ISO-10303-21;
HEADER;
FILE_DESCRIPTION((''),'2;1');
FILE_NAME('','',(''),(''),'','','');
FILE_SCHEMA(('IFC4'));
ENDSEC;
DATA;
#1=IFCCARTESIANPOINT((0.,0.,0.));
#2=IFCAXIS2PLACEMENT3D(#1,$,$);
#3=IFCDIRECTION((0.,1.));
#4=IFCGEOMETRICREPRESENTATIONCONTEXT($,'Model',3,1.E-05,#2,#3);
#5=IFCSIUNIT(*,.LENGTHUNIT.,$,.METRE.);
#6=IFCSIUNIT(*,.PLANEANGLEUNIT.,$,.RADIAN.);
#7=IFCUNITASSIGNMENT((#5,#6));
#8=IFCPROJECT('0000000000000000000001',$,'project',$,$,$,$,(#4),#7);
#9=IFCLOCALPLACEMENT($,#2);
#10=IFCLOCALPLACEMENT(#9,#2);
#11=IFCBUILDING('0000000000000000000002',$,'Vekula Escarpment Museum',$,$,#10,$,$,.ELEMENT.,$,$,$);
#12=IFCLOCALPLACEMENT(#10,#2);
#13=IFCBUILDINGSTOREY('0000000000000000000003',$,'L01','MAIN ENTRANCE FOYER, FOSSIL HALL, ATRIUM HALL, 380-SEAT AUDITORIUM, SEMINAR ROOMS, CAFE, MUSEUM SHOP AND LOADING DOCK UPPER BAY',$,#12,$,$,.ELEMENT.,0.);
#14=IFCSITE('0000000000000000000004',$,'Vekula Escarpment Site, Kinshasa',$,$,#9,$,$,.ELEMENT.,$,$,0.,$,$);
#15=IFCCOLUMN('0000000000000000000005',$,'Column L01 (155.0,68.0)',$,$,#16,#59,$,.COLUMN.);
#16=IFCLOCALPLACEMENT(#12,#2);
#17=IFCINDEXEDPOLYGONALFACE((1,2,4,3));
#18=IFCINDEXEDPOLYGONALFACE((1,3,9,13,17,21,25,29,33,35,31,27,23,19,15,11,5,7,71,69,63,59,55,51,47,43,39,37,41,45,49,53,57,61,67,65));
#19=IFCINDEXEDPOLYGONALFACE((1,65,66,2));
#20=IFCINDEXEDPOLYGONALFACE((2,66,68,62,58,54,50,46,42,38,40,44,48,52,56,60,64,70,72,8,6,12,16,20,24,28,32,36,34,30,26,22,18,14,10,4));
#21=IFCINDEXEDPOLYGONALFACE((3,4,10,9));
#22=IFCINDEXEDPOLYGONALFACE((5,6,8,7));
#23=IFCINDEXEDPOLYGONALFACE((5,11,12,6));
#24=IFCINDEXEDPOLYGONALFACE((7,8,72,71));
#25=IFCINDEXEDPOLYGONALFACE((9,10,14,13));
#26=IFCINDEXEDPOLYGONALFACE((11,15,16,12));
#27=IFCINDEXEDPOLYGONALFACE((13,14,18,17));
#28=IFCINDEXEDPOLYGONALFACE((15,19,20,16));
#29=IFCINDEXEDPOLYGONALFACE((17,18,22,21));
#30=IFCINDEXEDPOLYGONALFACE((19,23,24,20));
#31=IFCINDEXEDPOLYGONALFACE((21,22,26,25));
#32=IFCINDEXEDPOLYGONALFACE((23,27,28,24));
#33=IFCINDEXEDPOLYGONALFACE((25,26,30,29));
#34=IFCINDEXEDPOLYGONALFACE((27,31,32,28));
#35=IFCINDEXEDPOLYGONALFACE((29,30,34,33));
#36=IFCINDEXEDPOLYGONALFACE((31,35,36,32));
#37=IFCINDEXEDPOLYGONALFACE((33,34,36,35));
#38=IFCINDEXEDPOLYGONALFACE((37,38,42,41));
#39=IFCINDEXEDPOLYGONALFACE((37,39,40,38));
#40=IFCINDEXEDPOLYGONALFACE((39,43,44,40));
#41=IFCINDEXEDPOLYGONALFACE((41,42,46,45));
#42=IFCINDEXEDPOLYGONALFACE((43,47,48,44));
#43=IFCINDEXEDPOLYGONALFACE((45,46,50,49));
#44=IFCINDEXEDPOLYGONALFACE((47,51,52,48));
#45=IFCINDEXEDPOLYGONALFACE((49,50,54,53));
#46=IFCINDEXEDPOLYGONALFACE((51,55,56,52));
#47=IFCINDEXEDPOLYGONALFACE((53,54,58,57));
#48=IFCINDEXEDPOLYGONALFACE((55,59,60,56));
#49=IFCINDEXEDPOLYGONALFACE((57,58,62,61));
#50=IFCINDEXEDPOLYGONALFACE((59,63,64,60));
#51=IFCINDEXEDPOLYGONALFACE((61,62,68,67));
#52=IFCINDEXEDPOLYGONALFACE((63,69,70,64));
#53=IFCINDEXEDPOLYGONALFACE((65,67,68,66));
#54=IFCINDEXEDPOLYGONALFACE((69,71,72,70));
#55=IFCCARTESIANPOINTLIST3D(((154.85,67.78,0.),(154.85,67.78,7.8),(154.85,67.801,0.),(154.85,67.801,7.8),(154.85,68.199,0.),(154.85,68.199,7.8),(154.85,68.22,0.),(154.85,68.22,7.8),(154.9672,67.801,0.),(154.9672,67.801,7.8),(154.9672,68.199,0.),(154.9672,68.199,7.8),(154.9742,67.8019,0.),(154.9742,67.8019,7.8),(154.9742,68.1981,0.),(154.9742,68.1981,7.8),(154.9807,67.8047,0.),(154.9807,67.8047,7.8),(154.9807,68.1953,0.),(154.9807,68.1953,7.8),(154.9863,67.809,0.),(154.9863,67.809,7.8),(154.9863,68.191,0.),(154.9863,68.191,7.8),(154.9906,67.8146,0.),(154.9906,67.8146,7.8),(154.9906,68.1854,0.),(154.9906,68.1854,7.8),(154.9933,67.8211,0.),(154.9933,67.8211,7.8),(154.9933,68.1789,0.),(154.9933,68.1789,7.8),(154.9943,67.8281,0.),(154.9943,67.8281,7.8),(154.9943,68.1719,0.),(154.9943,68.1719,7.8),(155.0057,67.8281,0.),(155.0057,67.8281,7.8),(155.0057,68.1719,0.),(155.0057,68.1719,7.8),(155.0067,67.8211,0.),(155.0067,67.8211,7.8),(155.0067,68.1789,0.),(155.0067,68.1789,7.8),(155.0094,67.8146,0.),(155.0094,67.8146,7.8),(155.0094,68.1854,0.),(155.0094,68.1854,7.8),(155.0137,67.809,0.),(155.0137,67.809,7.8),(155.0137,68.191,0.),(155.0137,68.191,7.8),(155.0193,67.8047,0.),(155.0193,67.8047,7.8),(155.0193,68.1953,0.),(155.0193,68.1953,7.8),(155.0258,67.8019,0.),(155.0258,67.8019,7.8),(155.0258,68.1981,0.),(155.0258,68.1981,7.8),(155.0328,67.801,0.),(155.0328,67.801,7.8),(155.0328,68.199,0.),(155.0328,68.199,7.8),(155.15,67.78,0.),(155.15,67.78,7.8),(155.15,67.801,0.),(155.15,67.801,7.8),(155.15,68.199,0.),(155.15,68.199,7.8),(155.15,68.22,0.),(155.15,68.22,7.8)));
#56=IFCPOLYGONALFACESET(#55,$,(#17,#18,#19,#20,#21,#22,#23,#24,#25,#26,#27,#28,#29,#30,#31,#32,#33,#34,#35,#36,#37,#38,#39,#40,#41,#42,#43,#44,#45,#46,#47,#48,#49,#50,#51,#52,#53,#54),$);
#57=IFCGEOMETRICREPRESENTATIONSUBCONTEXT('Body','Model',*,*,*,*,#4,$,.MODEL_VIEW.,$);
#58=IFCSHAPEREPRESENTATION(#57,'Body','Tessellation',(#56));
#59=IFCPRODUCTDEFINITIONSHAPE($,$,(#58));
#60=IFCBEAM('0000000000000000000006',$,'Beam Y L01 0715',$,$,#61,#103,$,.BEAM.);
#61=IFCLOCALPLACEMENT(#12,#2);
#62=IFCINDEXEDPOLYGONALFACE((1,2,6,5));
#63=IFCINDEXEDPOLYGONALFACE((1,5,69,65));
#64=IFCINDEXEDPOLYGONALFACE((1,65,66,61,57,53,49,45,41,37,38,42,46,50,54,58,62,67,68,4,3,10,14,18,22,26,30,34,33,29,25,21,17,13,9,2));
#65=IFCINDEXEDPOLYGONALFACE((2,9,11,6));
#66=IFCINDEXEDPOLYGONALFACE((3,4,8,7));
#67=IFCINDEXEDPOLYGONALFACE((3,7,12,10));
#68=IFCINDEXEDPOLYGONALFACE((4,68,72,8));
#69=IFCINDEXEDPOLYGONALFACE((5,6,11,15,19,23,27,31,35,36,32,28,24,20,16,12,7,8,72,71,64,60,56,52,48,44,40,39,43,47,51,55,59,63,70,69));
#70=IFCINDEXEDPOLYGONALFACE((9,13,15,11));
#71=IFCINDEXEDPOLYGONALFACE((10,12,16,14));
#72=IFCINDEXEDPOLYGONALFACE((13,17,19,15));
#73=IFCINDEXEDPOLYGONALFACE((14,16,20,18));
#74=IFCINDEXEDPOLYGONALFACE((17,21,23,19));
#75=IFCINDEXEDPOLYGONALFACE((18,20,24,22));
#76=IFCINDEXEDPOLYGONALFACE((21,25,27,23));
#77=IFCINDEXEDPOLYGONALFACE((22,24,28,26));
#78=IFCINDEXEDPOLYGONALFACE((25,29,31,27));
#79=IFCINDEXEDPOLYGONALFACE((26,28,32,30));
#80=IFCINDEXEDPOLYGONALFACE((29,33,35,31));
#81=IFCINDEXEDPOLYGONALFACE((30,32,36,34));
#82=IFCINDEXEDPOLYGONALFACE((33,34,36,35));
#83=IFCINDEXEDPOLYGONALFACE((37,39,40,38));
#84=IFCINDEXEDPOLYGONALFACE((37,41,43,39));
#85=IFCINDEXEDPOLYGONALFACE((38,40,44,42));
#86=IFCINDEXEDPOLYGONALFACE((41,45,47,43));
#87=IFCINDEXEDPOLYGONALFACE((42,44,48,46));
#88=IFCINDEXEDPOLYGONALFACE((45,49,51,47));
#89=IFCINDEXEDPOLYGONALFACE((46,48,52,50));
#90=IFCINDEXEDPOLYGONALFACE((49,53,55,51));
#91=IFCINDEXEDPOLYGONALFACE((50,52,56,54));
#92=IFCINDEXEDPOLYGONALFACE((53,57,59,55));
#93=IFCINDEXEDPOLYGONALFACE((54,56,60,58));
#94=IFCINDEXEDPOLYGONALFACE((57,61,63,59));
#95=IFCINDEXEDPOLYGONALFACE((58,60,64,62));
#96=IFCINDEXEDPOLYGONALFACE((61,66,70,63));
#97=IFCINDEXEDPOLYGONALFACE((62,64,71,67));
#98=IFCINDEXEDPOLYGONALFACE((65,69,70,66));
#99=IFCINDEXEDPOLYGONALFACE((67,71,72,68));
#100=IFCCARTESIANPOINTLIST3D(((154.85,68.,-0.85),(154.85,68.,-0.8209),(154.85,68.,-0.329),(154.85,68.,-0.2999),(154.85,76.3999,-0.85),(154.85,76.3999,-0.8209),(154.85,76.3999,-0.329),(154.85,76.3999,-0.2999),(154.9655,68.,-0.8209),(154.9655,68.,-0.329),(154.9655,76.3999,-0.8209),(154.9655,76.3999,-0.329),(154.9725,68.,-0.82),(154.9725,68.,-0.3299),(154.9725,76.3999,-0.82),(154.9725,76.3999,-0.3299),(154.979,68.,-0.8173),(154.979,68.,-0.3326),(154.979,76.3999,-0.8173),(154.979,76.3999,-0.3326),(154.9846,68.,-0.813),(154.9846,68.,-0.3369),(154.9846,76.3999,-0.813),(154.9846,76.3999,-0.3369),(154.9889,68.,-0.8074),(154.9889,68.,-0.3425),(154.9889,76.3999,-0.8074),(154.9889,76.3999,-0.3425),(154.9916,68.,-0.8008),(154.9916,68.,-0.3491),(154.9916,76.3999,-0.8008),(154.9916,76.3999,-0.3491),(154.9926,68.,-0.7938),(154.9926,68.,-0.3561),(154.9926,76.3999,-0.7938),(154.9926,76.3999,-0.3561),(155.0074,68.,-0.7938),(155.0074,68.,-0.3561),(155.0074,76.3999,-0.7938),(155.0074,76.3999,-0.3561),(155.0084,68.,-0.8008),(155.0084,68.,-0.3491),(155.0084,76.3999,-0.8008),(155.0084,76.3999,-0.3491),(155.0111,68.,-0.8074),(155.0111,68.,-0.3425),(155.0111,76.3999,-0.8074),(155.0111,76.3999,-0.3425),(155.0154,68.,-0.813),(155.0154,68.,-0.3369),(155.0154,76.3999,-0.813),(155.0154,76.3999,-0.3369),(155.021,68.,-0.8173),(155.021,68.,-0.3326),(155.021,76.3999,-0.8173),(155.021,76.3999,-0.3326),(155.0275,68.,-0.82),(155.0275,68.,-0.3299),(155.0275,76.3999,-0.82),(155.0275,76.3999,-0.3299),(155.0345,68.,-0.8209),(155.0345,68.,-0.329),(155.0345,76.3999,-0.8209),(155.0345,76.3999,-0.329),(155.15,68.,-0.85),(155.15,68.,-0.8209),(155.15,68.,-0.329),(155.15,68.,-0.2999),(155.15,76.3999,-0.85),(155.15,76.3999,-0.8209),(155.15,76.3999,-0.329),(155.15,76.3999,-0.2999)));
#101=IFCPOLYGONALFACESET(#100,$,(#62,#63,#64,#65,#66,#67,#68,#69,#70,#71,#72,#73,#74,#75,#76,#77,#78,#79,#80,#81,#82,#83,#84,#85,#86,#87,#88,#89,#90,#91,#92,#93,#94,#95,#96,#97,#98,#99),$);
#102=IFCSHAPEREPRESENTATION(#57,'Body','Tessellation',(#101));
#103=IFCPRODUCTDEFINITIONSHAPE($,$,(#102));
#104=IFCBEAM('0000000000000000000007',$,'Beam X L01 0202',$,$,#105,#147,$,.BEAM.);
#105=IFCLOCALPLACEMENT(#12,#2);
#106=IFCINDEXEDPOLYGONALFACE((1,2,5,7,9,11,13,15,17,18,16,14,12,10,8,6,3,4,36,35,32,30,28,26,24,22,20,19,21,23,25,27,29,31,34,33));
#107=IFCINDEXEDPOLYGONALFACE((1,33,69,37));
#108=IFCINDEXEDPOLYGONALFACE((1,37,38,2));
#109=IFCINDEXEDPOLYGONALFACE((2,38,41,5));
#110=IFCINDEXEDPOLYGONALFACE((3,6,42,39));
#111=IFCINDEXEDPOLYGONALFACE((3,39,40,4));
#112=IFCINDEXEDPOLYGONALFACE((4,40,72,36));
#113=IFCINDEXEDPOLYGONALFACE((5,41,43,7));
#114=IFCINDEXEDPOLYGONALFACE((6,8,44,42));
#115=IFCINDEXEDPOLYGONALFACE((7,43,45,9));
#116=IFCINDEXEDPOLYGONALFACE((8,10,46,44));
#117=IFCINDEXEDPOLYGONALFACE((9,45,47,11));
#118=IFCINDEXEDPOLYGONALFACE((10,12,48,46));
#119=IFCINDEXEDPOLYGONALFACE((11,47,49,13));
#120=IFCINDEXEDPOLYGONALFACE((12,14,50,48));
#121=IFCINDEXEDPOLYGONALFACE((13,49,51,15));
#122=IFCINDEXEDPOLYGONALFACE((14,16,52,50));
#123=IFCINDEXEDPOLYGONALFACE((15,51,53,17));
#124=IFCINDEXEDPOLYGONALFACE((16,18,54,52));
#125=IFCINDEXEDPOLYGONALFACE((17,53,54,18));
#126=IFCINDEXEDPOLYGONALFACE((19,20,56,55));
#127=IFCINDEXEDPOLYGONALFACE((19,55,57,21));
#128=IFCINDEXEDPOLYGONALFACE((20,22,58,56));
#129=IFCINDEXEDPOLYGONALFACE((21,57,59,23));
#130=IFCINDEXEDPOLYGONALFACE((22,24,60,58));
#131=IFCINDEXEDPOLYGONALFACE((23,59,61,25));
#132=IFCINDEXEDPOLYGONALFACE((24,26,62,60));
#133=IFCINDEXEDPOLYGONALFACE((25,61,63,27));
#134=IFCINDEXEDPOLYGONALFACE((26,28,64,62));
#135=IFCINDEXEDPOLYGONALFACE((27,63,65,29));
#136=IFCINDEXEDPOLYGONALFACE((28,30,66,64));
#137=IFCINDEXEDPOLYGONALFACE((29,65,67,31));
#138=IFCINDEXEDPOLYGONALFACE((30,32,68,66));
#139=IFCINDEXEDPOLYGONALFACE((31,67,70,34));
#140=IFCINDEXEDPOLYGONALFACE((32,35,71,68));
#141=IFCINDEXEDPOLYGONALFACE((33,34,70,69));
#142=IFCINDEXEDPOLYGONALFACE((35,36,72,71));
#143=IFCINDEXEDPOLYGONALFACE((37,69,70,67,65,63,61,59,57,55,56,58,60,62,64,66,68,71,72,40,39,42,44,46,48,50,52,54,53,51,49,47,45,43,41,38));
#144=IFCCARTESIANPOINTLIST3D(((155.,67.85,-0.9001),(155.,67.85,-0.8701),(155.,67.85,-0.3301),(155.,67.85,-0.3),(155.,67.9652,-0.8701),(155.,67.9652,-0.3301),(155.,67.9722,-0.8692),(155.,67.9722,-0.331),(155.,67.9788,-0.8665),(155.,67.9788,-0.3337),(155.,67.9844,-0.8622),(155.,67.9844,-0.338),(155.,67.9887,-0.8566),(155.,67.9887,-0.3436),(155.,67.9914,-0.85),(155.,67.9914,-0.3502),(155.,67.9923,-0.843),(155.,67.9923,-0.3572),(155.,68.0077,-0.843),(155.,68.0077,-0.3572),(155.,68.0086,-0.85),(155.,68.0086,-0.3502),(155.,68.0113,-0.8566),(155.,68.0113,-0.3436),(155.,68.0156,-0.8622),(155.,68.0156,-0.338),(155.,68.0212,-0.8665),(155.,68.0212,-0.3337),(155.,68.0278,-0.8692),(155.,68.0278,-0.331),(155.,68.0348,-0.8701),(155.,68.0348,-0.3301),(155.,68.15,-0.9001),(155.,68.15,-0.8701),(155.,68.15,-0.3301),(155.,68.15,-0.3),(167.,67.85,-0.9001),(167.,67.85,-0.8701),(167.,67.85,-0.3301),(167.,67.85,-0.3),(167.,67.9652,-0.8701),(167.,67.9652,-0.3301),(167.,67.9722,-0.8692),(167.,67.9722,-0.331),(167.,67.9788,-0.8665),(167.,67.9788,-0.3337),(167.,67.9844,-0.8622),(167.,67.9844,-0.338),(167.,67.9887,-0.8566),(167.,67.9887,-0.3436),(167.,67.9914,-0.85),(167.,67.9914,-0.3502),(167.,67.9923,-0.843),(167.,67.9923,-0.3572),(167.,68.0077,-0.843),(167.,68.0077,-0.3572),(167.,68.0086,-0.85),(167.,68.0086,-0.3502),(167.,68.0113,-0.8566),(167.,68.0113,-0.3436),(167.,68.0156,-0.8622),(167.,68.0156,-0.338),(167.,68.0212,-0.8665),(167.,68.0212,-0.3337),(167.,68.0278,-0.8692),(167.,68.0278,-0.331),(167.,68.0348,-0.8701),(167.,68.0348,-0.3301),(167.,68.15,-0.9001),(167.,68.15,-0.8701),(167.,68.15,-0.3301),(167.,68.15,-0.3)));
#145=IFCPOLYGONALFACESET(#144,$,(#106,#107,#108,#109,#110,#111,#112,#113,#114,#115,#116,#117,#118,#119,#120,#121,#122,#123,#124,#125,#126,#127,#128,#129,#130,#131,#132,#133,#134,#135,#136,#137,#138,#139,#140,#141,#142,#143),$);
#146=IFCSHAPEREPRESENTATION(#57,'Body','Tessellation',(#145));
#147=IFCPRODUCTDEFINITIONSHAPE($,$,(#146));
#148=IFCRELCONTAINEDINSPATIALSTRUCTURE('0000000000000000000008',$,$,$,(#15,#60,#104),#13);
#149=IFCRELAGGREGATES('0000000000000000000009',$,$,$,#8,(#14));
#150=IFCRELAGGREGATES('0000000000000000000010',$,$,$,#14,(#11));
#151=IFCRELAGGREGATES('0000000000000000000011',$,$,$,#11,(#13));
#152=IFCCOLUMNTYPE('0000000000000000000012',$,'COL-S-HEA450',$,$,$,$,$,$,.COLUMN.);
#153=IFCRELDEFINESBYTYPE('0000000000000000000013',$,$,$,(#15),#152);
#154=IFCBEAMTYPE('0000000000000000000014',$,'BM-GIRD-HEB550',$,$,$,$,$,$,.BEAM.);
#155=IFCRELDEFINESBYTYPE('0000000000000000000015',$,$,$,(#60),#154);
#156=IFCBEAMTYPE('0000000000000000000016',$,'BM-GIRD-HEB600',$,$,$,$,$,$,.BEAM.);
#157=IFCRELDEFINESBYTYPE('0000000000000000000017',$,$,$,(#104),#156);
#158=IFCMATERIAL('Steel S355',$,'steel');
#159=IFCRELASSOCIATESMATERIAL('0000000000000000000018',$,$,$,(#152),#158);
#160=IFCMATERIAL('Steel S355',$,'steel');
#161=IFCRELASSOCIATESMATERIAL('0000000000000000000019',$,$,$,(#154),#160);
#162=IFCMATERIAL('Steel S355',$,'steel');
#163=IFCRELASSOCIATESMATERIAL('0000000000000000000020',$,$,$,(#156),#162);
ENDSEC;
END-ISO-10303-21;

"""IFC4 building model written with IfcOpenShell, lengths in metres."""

from ifc_helpers import new_model, si_unit, direction, frame, origin, origin_2d, place, context, subcontext, project, spatial, i_section, extrude, material, material_profile, profile_set, type_object, element, save


model = new_model("IFC4")

# Units and contexts
model_context = context("Model", 3, precision=1e-05, world=origin(), true_north=direction((0.0, 1.0)))
body_context = subcontext(model_context, "Body", "Model", "MODEL_VIEW")
ifc_project = project(units=[si_unit("LENGTHUNIT", "METRE"), si_unit("PLANEANGLEUNIT", "RADIAN")], contexts=[model_context])

# Site, building, storey
site_placement = place(None, origin())
site = spatial("IfcSite", under=ifc_project, at=site_placement, Name="Vekula Escarpment Site, Kinshasa", CompositionType="ELEMENT", RefElevation=0.0)
building_placement = place(site_placement, origin())
building = spatial("IfcBuilding", under=site, at=building_placement, Name="Vekula Escarpment Museum", CompositionType="ELEMENT")
storey_placement = place(building_placement, origin())
storey = spatial("IfcBuildingStorey", under=building, at=storey_placement, Name="L01", Description="MAIN ENTRANCE FOYER, FOSSIL HALL, ATRIUM HALL, 380-SEAT AUDITORIUM, SEMINAR ROOMS, CAFE, MUSEUM SHOP AND LOADING DOCK UPPER BAY", CompositionType="ELEMENT", Elevation=0.0)

# Column
ifc_material_1 = material(Name="Steel S355", Category="steel")
ifc_material_profile_1 = material_profile(ifc_material_1, i_section(OverallWidth=0.3, OverallDepth=0.4399, WebThickness=0.0115, FlangeThickness=0.021, FilletRadius=0.0271, at=origin_2d()), Name="HEA 450")
ifc_profile_set_1 = profile_set([ifc_material_profile_1], Name="Steel S355")
column_type = type_object("IfcColumnType", Name="COL-S-HEA450", PredefinedType="COLUMN", material=ifc_profile_set_1)
column_placement = place(storey_placement, frame((155.0, 68.0, 0.0), z_axis=(0.0, 0.0, 1.0), x_axis=(1.0, 0.0, 0.0)))
element("IfcColumn", 1, at=column_placement, inside=storey, type_object=column_type, Name="Column L01 (155.0,68.0)", PredefinedType="COLUMN", context=body_context, shape_type="SweptSolid", body=[
    extrude(i_section(OverallWidth=0.3, OverallDepth=0.4399, WebThickness=0.0115, FlangeThickness=0.021, FilletRadius=0.0271, at=origin_2d()), origin(), (0.0, 0.0, 1.0), 7.8),
])

# Beams
ifc_material_2 = material(Name="Steel S355", Category="steel")
ifc_material_profile_2 = material_profile(ifc_material_2, i_section(OverallWidth=0.3, OverallDepth=0.55, WebThickness=0.0149, FlangeThickness=0.0291, FilletRadius=0.0271, at=origin_2d()), Name="HEB 550")
ifc_profile_set_2 = profile_set([ifc_material_profile_2], Name="Steel S355")
beam_type_1 = type_object("IfcBeamType", Name="BM-GIRD-HEB550", PredefinedType="BEAM", material=ifc_profile_set_2)
beam_1_placement = place(storey_placement, frame((155.0, 68.0, -0.575), z_axis=(0.0, 1.0, 0.0), x_axis=(-1.0, 0.0, 0.0)))
element("IfcBeam", 2, at=beam_1_placement, inside=storey, type_object=beam_type_1, Name="Beam Y L01 0715", PredefinedType="BEAM", context=body_context, shape_type="SweptSolid", body=[
    extrude(i_section(OverallWidth=0.3, OverallDepth=0.55, WebThickness=0.0149, FlangeThickness=0.0291, FilletRadius=0.0271, at=origin_2d()), origin(), (0.0, 0.0, 1.0), 8.3999),
])
ifc_material_3 = material(Name="Steel S355", Category="steel")
ifc_material_profile_3 = material_profile(ifc_material_3, i_section(OverallWidth=0.3, OverallDepth=0.6001, WebThickness=0.0154, FlangeThickness=0.03, FilletRadius=0.0271, at=origin_2d()), Name="HEB 600")
ifc_profile_set_3 = profile_set([ifc_material_profile_3], Name="Steel S355")
beam_type_2 = type_object("IfcBeamType", Name="BM-GIRD-HEB600", PredefinedType="BEAM", material=ifc_profile_set_3)
beam_2_placement = place(storey_placement, frame((155.0, 68.0, -0.6001), z_axis=(1.0, 0.0, 0.0), x_axis=(0.0, 1.0, 0.0)))
element("IfcBeam", 3, at=beam_2_placement, inside=storey, type_object=beam_type_2, Name="Beam X L01 0202", PredefinedType="BEAM", context=body_context, shape_type="SweptSolid", body=[
    extrude(i_section(OverallWidth=0.3, OverallDepth=0.6001, WebThickness=0.0154, FlangeThickness=0.03, FilletRadius=0.0271, at=origin_2d()), origin(), (0.0, 0.0, 1.0), 12.0),
])

save(model, "model.ifc")
